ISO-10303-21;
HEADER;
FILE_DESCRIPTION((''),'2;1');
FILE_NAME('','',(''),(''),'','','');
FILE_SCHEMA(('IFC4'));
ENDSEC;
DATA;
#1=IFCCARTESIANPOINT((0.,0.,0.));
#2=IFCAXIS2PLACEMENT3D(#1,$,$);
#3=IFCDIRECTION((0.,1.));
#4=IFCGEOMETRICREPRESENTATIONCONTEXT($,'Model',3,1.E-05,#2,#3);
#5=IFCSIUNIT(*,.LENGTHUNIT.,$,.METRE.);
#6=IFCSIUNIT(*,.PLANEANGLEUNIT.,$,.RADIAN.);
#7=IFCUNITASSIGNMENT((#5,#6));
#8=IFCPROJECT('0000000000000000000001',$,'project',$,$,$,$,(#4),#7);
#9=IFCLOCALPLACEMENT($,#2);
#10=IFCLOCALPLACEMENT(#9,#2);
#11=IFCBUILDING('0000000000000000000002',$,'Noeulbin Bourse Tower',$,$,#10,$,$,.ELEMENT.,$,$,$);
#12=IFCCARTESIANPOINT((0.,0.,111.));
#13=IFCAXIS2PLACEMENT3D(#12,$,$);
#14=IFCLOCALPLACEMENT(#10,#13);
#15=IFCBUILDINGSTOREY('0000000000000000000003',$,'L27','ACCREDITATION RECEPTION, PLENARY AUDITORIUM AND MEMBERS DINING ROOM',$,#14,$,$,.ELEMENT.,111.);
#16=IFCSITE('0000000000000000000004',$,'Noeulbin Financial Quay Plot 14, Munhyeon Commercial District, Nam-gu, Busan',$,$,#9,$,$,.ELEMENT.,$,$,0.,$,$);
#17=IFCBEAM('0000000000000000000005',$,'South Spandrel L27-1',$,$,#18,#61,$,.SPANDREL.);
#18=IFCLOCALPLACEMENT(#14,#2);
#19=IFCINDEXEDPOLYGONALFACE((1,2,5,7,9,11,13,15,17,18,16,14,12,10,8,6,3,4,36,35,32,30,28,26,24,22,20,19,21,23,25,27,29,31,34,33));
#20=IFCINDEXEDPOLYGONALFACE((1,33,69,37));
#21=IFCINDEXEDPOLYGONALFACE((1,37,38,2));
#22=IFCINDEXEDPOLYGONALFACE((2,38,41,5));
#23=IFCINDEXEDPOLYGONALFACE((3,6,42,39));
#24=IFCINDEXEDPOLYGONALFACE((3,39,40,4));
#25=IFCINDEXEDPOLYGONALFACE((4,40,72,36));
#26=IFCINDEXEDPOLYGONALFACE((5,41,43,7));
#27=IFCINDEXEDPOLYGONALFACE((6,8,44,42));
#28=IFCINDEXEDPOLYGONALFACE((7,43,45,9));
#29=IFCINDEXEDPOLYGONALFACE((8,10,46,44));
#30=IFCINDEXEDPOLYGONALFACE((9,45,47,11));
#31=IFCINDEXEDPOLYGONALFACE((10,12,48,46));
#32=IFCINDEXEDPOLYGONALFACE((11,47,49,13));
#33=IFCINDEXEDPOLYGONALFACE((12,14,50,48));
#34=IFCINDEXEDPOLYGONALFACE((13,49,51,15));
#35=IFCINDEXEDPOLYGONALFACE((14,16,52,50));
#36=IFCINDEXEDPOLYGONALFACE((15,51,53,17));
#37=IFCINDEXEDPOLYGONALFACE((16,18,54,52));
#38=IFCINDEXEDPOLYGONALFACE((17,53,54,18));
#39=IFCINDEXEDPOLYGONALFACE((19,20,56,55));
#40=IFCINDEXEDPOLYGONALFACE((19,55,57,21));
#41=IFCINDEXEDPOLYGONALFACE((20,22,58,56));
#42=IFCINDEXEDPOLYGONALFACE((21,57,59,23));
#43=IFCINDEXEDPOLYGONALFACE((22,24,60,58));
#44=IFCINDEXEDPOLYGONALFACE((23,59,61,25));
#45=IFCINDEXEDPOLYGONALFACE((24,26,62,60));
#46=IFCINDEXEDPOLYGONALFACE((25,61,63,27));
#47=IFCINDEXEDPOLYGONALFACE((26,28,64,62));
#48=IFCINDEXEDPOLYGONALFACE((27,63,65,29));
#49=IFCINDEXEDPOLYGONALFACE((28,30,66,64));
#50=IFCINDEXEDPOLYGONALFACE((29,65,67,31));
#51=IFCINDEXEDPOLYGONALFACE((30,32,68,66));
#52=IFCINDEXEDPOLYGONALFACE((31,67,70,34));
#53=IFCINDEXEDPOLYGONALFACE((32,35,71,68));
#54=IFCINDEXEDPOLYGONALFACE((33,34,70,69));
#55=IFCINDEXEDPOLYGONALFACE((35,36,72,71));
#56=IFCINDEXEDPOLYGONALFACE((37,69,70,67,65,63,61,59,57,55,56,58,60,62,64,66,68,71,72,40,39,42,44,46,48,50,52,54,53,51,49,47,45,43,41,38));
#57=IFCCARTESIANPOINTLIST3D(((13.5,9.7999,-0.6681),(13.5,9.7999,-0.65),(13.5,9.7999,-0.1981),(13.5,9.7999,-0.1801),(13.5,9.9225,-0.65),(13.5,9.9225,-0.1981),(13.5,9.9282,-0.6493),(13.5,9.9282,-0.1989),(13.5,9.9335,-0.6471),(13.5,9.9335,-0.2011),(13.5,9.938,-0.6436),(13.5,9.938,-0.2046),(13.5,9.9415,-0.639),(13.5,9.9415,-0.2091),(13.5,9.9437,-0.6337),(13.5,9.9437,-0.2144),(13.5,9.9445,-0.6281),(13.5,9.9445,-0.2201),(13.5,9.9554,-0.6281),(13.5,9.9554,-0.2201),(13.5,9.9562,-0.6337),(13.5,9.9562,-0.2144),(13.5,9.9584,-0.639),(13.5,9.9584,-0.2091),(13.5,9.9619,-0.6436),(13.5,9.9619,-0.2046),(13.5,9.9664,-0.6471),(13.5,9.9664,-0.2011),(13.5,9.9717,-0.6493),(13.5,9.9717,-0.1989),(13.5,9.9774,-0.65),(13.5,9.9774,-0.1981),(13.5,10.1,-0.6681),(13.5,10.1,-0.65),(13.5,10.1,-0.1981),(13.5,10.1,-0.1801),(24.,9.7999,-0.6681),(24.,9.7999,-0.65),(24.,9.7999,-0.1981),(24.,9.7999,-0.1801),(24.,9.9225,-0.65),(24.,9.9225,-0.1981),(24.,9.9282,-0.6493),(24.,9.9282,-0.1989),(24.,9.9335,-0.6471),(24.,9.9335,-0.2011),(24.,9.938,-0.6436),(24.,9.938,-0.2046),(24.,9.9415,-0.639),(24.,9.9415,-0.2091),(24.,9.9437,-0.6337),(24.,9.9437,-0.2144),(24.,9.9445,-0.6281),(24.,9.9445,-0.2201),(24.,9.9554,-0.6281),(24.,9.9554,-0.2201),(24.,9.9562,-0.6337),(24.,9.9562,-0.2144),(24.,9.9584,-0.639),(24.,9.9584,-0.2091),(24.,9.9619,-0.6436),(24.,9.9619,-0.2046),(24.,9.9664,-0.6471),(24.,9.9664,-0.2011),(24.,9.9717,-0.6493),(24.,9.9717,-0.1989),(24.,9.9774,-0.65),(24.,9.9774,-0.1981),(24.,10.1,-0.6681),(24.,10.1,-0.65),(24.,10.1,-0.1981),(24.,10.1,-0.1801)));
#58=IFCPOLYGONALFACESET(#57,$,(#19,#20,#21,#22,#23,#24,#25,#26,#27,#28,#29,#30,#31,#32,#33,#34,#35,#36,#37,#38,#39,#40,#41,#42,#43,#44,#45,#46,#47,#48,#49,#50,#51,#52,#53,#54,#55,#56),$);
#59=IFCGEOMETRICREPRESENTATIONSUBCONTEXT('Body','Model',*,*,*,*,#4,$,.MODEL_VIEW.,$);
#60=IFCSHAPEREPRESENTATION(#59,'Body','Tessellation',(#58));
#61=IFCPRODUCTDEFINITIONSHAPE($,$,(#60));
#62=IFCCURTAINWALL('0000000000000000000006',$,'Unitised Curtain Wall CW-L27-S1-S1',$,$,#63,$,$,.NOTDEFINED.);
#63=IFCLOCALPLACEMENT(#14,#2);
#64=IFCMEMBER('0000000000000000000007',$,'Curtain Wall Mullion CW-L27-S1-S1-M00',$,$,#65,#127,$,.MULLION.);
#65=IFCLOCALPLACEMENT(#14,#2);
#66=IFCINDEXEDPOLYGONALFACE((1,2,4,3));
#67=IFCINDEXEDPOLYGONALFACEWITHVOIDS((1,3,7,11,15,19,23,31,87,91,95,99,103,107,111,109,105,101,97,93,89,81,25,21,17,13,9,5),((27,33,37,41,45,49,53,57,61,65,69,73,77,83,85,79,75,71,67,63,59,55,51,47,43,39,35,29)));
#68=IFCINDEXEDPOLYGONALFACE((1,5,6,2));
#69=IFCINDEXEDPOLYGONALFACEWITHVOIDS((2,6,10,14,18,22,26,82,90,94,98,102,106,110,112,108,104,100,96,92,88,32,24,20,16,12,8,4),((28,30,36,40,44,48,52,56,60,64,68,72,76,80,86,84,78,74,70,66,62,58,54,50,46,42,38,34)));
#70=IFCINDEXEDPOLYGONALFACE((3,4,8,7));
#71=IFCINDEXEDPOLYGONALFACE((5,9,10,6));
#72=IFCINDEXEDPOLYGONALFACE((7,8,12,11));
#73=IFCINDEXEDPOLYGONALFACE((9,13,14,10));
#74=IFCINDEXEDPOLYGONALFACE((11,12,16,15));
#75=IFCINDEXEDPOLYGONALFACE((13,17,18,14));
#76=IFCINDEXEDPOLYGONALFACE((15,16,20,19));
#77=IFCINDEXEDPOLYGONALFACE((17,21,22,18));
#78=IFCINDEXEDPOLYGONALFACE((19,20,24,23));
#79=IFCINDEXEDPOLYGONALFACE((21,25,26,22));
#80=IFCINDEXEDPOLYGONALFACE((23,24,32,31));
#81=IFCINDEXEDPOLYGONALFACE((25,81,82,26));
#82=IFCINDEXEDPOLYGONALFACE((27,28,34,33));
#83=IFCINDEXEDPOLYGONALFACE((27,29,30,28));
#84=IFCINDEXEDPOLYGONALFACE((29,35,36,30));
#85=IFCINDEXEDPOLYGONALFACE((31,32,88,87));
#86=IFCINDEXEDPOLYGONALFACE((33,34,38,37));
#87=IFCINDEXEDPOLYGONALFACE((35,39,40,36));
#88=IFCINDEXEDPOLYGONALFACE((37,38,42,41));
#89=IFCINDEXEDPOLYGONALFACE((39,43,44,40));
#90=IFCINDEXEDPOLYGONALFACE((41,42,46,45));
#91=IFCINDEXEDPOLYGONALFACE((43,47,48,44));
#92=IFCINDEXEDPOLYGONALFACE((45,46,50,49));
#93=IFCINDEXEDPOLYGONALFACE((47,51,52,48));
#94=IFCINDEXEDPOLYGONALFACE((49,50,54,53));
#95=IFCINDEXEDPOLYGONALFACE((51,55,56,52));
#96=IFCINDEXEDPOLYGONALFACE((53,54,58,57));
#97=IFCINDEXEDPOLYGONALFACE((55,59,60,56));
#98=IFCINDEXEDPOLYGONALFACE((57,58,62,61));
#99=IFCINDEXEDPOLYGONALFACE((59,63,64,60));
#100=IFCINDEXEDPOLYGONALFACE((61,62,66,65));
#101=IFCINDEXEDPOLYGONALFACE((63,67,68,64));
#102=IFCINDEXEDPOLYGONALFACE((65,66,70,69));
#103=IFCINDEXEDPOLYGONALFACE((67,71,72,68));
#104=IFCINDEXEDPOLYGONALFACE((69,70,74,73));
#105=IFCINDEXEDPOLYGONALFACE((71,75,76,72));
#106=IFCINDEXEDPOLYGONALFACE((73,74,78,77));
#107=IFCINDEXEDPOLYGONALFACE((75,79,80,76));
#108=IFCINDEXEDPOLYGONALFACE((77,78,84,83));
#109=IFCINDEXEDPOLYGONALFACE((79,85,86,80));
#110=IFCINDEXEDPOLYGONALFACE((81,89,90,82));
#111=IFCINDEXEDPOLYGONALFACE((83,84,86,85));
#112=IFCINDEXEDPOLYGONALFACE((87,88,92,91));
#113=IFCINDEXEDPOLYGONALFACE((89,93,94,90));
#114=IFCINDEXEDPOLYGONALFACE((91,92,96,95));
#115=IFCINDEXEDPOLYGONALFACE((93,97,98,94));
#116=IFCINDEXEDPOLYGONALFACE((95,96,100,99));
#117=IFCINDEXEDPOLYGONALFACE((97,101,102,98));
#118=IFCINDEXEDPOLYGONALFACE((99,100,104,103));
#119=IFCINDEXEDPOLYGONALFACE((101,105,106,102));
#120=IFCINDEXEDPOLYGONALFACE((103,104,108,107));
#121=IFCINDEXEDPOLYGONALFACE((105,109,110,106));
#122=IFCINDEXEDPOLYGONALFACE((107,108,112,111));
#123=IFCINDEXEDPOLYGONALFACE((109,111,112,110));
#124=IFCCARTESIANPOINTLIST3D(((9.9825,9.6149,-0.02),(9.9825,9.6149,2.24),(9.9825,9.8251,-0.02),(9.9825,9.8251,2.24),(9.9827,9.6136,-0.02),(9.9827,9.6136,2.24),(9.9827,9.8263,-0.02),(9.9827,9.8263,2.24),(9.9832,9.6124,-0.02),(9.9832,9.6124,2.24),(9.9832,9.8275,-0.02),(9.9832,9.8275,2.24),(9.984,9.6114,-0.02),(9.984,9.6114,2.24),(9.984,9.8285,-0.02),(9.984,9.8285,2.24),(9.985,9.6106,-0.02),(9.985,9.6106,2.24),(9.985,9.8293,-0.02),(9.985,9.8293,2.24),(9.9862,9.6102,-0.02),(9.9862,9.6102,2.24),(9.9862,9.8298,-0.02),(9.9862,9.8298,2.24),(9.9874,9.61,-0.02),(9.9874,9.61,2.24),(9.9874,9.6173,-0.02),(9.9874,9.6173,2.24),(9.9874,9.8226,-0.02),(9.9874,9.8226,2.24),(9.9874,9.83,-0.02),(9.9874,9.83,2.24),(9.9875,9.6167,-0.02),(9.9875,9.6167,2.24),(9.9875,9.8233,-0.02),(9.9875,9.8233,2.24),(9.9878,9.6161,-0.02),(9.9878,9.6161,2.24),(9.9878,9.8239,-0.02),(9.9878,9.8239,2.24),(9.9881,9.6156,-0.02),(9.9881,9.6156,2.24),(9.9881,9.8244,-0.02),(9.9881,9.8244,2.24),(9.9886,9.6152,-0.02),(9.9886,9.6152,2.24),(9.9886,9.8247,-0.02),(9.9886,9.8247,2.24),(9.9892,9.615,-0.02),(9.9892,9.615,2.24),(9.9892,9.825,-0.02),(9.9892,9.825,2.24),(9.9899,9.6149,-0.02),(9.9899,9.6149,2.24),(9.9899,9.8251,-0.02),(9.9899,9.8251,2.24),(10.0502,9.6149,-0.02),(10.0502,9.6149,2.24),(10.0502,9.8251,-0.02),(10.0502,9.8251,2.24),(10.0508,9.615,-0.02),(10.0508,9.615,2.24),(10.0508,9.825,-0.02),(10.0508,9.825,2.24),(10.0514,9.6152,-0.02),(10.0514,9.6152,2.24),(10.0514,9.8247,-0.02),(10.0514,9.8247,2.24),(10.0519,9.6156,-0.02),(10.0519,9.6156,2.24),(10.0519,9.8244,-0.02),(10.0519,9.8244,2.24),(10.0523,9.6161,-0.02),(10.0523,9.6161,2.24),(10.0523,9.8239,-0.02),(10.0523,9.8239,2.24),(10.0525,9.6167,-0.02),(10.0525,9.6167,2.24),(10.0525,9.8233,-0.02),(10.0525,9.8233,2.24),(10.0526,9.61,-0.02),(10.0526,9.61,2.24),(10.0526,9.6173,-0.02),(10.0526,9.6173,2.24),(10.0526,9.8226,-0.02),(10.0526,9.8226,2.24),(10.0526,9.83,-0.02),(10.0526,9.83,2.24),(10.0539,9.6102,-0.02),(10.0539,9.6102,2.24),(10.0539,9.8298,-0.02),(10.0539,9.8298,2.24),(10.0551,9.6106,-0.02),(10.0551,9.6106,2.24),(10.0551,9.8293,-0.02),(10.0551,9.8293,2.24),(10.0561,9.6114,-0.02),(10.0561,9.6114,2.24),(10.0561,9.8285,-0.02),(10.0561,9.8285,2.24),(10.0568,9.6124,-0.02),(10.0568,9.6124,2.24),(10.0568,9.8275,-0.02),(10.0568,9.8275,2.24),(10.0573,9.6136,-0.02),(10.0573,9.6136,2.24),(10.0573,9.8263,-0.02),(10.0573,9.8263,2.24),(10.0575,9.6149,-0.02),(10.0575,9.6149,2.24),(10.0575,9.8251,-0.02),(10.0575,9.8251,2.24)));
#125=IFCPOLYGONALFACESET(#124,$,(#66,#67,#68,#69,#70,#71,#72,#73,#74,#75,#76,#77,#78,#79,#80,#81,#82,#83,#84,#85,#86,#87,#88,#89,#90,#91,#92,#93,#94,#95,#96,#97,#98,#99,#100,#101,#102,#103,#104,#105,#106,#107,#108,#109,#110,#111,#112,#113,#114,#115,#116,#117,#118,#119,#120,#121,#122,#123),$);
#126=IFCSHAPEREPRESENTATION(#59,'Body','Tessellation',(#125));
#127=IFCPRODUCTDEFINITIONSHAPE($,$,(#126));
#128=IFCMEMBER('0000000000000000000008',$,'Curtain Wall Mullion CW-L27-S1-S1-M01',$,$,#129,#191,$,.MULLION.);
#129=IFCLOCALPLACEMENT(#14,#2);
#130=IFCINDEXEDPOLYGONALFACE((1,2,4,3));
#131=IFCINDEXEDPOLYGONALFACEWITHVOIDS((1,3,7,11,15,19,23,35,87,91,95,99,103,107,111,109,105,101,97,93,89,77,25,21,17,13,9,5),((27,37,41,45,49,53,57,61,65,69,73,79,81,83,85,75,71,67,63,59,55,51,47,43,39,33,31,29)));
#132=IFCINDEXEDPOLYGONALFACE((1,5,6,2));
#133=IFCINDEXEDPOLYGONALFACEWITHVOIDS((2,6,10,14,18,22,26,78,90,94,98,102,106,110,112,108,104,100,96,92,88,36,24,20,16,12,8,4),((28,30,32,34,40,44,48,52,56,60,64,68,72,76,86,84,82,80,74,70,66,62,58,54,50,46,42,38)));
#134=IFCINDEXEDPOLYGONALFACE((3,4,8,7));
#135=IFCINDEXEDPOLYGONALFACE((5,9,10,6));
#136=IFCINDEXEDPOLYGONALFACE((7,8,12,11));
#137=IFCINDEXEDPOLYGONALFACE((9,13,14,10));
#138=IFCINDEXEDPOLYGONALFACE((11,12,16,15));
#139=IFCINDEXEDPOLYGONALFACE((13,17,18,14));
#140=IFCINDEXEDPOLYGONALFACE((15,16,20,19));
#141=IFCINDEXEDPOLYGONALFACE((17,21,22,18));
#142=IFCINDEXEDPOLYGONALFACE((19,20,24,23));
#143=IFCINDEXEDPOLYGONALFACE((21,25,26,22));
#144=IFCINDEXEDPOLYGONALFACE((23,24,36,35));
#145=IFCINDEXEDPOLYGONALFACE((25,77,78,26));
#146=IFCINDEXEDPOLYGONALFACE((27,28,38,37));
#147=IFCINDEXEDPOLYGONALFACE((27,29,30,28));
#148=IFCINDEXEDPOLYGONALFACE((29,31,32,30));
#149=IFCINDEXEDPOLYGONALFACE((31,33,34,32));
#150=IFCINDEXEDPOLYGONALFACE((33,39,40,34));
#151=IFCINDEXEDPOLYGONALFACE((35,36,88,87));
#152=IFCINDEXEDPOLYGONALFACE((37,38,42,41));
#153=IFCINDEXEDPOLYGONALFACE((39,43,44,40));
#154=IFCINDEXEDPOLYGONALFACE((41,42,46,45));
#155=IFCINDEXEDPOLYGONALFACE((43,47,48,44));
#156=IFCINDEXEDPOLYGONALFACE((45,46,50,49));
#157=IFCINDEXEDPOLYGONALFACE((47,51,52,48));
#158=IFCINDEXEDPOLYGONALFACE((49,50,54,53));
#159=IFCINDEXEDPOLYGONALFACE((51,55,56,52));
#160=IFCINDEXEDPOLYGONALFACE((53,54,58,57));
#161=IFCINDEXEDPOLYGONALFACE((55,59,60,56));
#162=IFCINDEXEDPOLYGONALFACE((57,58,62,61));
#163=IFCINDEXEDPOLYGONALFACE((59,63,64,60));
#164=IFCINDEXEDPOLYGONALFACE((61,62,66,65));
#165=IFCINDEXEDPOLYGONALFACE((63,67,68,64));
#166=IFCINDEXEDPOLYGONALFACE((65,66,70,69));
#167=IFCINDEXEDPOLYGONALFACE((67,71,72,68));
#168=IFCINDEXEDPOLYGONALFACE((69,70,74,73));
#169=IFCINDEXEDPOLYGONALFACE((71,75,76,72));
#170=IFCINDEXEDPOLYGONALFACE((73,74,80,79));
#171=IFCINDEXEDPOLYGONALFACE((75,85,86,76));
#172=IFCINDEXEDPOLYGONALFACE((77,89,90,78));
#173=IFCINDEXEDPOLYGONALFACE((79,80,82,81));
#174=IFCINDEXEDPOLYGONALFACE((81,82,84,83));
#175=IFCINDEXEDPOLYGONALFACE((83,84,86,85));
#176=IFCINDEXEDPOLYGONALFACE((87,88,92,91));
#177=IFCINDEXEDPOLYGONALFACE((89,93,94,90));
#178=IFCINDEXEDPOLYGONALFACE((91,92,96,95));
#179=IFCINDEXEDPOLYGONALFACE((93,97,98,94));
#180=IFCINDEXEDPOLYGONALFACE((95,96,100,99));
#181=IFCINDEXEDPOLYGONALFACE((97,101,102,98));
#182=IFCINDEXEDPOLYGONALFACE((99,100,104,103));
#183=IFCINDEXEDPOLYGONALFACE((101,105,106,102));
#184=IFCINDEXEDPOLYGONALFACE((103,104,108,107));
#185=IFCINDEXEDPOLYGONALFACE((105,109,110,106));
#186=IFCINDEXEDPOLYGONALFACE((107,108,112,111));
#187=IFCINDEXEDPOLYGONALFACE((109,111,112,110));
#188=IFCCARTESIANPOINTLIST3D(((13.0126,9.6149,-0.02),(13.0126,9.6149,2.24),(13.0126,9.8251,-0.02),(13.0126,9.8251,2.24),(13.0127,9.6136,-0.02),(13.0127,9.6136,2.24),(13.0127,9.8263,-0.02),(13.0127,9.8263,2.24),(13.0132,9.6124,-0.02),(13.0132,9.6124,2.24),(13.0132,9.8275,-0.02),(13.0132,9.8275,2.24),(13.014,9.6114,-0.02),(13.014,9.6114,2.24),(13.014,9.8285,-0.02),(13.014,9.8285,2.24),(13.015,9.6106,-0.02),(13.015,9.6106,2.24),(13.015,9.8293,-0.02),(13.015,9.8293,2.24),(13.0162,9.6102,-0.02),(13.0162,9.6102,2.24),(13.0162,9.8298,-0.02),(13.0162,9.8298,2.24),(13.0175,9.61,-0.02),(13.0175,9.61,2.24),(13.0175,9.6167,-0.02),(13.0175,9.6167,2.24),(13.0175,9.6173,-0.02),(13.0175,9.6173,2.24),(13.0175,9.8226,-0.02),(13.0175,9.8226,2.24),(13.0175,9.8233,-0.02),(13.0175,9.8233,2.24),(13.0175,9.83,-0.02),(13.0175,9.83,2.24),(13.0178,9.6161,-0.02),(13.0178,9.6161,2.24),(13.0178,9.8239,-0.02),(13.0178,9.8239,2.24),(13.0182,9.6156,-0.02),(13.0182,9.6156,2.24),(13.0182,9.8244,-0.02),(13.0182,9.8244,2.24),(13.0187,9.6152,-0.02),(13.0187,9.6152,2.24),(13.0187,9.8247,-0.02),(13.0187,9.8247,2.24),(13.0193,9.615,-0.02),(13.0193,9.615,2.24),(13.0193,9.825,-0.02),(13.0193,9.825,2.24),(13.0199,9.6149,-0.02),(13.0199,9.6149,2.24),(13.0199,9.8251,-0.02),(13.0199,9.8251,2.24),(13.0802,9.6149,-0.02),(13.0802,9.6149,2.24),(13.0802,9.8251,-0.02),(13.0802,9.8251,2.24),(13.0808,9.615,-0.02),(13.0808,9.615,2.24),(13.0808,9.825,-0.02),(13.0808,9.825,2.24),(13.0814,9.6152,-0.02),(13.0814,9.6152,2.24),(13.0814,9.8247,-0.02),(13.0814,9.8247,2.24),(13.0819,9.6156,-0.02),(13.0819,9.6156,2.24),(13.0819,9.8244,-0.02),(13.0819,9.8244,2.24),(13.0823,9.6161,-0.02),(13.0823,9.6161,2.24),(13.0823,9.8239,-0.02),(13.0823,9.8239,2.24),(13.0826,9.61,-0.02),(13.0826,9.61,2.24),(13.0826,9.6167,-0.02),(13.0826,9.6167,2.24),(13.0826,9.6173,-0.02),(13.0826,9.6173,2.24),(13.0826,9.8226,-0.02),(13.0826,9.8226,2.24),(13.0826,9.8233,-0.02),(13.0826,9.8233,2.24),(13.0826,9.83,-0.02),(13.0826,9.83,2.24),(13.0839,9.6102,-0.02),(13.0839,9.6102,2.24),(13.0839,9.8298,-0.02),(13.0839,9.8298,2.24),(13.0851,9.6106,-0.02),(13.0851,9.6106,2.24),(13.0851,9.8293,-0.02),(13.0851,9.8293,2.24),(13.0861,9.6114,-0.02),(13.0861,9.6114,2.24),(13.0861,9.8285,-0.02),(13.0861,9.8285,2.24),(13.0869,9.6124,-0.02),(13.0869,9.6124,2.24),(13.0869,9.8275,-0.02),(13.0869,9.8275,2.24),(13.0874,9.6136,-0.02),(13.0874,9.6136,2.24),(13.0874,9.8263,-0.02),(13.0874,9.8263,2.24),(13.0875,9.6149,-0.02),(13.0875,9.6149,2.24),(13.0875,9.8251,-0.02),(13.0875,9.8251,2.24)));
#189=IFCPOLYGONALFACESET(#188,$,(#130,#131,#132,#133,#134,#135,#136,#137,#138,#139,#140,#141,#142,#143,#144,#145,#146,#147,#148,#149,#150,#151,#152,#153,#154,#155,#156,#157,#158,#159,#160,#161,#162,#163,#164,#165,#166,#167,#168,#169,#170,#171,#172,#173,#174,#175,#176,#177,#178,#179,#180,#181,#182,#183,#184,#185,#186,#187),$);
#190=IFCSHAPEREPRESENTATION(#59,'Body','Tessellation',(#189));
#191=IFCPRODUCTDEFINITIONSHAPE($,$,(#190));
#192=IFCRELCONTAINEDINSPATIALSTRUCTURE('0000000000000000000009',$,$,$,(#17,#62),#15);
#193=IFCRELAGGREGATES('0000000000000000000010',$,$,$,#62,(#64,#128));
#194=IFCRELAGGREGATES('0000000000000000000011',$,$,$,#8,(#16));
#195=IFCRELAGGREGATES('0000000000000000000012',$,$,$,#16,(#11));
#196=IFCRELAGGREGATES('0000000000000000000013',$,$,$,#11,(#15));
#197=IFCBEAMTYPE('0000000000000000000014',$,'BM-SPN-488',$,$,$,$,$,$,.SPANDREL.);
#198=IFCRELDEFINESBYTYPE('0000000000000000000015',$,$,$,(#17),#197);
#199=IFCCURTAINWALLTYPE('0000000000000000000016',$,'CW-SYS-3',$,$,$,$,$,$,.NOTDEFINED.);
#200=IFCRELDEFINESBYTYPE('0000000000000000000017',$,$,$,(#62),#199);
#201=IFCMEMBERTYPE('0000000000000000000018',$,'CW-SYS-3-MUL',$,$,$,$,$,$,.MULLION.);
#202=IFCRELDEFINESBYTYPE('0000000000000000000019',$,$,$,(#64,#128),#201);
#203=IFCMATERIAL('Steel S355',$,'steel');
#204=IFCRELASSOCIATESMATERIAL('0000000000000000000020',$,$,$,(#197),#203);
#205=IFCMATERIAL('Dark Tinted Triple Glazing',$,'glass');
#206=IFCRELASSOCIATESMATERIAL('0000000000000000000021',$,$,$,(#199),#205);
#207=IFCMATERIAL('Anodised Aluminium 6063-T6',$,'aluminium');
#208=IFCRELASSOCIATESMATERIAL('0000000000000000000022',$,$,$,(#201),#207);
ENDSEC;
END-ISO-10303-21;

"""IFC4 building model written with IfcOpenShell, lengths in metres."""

from ifc_helpers import new_model, si_unit, direction, frame, origin, origin_2d, place, context, subcontext, project, spatial, hollow_rectangle, i_section, extrude, material, material_profile, profile_set, type_object, element, aggregate, save


model = new_model("IFC4")

# Units and contexts
model_context = context("Model", 3, precision=1e-05, world=origin(), true_north=direction((0.0, 1.0)))
body_context = subcontext(model_context, "Body", "Model", "MODEL_VIEW")
ifc_project = project(units=[si_unit("LENGTHUNIT", "METRE"), si_unit("PLANEANGLEUNIT", "RADIAN")], contexts=[model_context])

# Site, building, storey
site_placement = place(None, origin())
site = spatial("IfcSite", under=ifc_project, at=site_placement, Name="Noeulbin Financial Quay Plot 14, Munhyeon Commercial District, Nam-gu, Busan", CompositionType="ELEMENT", RefElevation=0.0)
building_placement = place(site_placement, origin())
building = spatial("IfcBuilding", under=site, at=building_placement, Name="Noeulbin Bourse Tower", CompositionType="ELEMENT")
storey_placement = place(building_placement, frame((0.0, 0.0, 111.0)))
storey = spatial("IfcBuildingStorey", under=building, at=storey_placement, Name="L27", Description="ACCREDITATION RECEPTION, PLENARY AUDITORIUM AND MEMBERS DINING ROOM", CompositionType="ELEMENT", Elevation=111.0)

# Shared definitions
ifc_material_1 = material(Name="Steel S355", Category="steel")

# Beam
ifc_material_profile_1 = material_profile(ifc_material_1, i_section(OverallWidth=0.3, OverallDepth=0.488, WebThickness=0.011, FlangeThickness=0.0181, FilletRadius=0.022, at=origin_2d()), Name="H-488x300x11x18", Category="LoadBearing")
ifc_profile_set_1 = profile_set([ifc_material_profile_1], Name="Steel S355")
beam_type_1 = type_object("IfcBeamType", Name="BM-SPN-488", PredefinedType="SPANDREL", material=ifc_profile_set_1)
beam_1_placement = place(storey_placement, frame((13.5, 9.95, -0.4241), z_axis=(1.0, 0.0, 0.0), x_axis=(0.0, 1.0, 0.0)))
element("IfcBeam", 1, at=beam_1_placement, inside=storey, type_object=beam_type_1, Name="South Spandrel L27-1", PredefinedType="SPANDREL", context=body_context, shape_type="SweptSolid", body=[
    extrude(i_section(OverallWidth=0.3, OverallDepth=0.488, WebThickness=0.011, FlangeThickness=0.0181, FilletRadius=0.022, at=origin_2d()), origin(), (0.0, 0.0, 1.0), 10.5),
])

# Curtain wall, members
ifc_material_2 = material(Name="Dark Tinted Triple Glazing", Category="glass")
curtain_wall_type = type_object("IfcCurtainWallType", Name="CW-SYS-3", PredefinedType="NOTDEFINED", material=ifc_material_2)
curtain_wall_1_placement = place(storey_placement, origin())
curtain_wall_1 = element("IfcCurtainWall", 2, at=curtain_wall_1_placement, inside=storey, type_object=curtain_wall_type, Name="Unitised Curtain Wall CW-L27-S1-S1", PredefinedType="NOTDEFINED")
ifc_material_3 = material(Name="Anodised Aluminium 6063-T6", Category="aluminium")
ifc_material_profile_2 = material_profile(ifc_material_3, hollow_rectangle(XDim=0.075, YDim=0.22, WallThickness=0.0049, InnerFilletRadius=0.0024, OuterFilletRadius=0.0049, at=origin_2d()), Name="ALU-MULL-75x220x5", Category="LoadBearing")
ifc_profile_set_2 = profile_set([ifc_material_profile_2], Name="Anodised Aluminium 6063-T6")
member_type_1 = type_object("IfcMemberType", Name="CW-SYS-3-MUL", PredefinedType="MULLION", material=ifc_profile_set_2)
member_1_placement = place(storey_placement, frame((10.02, 9.72, -0.02), z_axis=(0.0, 0.0, 1.0), x_axis=(1.0, 0.0, 0.0)))
member_1 = element("IfcMember", 3, at=member_1_placement, type_object=member_type_1, Name="Curtain Wall Mullion CW-L27-S1-S1-M00", PredefinedType="MULLION", context=body_context, shape_type="SweptSolid", body=[
    extrude(hollow_rectangle(XDim=0.075, YDim=0.22, WallThickness=0.0049, InnerFilletRadius=0.0024, OuterFilletRadius=0.0049, at=origin_2d()), origin(), (0.0, 0.0, 1.0), 2.26),
])
member_2_placement = place(storey_placement, frame((13.05, 9.72, -0.02), z_axis=(0.0, 0.0, 1.0), x_axis=(1.0, 0.0, 0.0)))
member_2 = element("IfcMember", 4, at=member_2_placement, type_object=member_type_1, Name="Curtain Wall Mullion CW-L27-S1-S1-M01", PredefinedType="MULLION", context=body_context, shape_type="SweptSolid", body=[
    extrude(hollow_rectangle(XDim=0.075, YDim=0.22, WallThickness=0.0049, InnerFilletRadius=0.0024, OuterFilletRadius=0.0049, at=origin_2d()), origin(), (0.0, 0.0, 1.0), 2.26),
])

aggregate(curtain_wall_1, [member_1, member_2])

save(model, "model.ifc")
